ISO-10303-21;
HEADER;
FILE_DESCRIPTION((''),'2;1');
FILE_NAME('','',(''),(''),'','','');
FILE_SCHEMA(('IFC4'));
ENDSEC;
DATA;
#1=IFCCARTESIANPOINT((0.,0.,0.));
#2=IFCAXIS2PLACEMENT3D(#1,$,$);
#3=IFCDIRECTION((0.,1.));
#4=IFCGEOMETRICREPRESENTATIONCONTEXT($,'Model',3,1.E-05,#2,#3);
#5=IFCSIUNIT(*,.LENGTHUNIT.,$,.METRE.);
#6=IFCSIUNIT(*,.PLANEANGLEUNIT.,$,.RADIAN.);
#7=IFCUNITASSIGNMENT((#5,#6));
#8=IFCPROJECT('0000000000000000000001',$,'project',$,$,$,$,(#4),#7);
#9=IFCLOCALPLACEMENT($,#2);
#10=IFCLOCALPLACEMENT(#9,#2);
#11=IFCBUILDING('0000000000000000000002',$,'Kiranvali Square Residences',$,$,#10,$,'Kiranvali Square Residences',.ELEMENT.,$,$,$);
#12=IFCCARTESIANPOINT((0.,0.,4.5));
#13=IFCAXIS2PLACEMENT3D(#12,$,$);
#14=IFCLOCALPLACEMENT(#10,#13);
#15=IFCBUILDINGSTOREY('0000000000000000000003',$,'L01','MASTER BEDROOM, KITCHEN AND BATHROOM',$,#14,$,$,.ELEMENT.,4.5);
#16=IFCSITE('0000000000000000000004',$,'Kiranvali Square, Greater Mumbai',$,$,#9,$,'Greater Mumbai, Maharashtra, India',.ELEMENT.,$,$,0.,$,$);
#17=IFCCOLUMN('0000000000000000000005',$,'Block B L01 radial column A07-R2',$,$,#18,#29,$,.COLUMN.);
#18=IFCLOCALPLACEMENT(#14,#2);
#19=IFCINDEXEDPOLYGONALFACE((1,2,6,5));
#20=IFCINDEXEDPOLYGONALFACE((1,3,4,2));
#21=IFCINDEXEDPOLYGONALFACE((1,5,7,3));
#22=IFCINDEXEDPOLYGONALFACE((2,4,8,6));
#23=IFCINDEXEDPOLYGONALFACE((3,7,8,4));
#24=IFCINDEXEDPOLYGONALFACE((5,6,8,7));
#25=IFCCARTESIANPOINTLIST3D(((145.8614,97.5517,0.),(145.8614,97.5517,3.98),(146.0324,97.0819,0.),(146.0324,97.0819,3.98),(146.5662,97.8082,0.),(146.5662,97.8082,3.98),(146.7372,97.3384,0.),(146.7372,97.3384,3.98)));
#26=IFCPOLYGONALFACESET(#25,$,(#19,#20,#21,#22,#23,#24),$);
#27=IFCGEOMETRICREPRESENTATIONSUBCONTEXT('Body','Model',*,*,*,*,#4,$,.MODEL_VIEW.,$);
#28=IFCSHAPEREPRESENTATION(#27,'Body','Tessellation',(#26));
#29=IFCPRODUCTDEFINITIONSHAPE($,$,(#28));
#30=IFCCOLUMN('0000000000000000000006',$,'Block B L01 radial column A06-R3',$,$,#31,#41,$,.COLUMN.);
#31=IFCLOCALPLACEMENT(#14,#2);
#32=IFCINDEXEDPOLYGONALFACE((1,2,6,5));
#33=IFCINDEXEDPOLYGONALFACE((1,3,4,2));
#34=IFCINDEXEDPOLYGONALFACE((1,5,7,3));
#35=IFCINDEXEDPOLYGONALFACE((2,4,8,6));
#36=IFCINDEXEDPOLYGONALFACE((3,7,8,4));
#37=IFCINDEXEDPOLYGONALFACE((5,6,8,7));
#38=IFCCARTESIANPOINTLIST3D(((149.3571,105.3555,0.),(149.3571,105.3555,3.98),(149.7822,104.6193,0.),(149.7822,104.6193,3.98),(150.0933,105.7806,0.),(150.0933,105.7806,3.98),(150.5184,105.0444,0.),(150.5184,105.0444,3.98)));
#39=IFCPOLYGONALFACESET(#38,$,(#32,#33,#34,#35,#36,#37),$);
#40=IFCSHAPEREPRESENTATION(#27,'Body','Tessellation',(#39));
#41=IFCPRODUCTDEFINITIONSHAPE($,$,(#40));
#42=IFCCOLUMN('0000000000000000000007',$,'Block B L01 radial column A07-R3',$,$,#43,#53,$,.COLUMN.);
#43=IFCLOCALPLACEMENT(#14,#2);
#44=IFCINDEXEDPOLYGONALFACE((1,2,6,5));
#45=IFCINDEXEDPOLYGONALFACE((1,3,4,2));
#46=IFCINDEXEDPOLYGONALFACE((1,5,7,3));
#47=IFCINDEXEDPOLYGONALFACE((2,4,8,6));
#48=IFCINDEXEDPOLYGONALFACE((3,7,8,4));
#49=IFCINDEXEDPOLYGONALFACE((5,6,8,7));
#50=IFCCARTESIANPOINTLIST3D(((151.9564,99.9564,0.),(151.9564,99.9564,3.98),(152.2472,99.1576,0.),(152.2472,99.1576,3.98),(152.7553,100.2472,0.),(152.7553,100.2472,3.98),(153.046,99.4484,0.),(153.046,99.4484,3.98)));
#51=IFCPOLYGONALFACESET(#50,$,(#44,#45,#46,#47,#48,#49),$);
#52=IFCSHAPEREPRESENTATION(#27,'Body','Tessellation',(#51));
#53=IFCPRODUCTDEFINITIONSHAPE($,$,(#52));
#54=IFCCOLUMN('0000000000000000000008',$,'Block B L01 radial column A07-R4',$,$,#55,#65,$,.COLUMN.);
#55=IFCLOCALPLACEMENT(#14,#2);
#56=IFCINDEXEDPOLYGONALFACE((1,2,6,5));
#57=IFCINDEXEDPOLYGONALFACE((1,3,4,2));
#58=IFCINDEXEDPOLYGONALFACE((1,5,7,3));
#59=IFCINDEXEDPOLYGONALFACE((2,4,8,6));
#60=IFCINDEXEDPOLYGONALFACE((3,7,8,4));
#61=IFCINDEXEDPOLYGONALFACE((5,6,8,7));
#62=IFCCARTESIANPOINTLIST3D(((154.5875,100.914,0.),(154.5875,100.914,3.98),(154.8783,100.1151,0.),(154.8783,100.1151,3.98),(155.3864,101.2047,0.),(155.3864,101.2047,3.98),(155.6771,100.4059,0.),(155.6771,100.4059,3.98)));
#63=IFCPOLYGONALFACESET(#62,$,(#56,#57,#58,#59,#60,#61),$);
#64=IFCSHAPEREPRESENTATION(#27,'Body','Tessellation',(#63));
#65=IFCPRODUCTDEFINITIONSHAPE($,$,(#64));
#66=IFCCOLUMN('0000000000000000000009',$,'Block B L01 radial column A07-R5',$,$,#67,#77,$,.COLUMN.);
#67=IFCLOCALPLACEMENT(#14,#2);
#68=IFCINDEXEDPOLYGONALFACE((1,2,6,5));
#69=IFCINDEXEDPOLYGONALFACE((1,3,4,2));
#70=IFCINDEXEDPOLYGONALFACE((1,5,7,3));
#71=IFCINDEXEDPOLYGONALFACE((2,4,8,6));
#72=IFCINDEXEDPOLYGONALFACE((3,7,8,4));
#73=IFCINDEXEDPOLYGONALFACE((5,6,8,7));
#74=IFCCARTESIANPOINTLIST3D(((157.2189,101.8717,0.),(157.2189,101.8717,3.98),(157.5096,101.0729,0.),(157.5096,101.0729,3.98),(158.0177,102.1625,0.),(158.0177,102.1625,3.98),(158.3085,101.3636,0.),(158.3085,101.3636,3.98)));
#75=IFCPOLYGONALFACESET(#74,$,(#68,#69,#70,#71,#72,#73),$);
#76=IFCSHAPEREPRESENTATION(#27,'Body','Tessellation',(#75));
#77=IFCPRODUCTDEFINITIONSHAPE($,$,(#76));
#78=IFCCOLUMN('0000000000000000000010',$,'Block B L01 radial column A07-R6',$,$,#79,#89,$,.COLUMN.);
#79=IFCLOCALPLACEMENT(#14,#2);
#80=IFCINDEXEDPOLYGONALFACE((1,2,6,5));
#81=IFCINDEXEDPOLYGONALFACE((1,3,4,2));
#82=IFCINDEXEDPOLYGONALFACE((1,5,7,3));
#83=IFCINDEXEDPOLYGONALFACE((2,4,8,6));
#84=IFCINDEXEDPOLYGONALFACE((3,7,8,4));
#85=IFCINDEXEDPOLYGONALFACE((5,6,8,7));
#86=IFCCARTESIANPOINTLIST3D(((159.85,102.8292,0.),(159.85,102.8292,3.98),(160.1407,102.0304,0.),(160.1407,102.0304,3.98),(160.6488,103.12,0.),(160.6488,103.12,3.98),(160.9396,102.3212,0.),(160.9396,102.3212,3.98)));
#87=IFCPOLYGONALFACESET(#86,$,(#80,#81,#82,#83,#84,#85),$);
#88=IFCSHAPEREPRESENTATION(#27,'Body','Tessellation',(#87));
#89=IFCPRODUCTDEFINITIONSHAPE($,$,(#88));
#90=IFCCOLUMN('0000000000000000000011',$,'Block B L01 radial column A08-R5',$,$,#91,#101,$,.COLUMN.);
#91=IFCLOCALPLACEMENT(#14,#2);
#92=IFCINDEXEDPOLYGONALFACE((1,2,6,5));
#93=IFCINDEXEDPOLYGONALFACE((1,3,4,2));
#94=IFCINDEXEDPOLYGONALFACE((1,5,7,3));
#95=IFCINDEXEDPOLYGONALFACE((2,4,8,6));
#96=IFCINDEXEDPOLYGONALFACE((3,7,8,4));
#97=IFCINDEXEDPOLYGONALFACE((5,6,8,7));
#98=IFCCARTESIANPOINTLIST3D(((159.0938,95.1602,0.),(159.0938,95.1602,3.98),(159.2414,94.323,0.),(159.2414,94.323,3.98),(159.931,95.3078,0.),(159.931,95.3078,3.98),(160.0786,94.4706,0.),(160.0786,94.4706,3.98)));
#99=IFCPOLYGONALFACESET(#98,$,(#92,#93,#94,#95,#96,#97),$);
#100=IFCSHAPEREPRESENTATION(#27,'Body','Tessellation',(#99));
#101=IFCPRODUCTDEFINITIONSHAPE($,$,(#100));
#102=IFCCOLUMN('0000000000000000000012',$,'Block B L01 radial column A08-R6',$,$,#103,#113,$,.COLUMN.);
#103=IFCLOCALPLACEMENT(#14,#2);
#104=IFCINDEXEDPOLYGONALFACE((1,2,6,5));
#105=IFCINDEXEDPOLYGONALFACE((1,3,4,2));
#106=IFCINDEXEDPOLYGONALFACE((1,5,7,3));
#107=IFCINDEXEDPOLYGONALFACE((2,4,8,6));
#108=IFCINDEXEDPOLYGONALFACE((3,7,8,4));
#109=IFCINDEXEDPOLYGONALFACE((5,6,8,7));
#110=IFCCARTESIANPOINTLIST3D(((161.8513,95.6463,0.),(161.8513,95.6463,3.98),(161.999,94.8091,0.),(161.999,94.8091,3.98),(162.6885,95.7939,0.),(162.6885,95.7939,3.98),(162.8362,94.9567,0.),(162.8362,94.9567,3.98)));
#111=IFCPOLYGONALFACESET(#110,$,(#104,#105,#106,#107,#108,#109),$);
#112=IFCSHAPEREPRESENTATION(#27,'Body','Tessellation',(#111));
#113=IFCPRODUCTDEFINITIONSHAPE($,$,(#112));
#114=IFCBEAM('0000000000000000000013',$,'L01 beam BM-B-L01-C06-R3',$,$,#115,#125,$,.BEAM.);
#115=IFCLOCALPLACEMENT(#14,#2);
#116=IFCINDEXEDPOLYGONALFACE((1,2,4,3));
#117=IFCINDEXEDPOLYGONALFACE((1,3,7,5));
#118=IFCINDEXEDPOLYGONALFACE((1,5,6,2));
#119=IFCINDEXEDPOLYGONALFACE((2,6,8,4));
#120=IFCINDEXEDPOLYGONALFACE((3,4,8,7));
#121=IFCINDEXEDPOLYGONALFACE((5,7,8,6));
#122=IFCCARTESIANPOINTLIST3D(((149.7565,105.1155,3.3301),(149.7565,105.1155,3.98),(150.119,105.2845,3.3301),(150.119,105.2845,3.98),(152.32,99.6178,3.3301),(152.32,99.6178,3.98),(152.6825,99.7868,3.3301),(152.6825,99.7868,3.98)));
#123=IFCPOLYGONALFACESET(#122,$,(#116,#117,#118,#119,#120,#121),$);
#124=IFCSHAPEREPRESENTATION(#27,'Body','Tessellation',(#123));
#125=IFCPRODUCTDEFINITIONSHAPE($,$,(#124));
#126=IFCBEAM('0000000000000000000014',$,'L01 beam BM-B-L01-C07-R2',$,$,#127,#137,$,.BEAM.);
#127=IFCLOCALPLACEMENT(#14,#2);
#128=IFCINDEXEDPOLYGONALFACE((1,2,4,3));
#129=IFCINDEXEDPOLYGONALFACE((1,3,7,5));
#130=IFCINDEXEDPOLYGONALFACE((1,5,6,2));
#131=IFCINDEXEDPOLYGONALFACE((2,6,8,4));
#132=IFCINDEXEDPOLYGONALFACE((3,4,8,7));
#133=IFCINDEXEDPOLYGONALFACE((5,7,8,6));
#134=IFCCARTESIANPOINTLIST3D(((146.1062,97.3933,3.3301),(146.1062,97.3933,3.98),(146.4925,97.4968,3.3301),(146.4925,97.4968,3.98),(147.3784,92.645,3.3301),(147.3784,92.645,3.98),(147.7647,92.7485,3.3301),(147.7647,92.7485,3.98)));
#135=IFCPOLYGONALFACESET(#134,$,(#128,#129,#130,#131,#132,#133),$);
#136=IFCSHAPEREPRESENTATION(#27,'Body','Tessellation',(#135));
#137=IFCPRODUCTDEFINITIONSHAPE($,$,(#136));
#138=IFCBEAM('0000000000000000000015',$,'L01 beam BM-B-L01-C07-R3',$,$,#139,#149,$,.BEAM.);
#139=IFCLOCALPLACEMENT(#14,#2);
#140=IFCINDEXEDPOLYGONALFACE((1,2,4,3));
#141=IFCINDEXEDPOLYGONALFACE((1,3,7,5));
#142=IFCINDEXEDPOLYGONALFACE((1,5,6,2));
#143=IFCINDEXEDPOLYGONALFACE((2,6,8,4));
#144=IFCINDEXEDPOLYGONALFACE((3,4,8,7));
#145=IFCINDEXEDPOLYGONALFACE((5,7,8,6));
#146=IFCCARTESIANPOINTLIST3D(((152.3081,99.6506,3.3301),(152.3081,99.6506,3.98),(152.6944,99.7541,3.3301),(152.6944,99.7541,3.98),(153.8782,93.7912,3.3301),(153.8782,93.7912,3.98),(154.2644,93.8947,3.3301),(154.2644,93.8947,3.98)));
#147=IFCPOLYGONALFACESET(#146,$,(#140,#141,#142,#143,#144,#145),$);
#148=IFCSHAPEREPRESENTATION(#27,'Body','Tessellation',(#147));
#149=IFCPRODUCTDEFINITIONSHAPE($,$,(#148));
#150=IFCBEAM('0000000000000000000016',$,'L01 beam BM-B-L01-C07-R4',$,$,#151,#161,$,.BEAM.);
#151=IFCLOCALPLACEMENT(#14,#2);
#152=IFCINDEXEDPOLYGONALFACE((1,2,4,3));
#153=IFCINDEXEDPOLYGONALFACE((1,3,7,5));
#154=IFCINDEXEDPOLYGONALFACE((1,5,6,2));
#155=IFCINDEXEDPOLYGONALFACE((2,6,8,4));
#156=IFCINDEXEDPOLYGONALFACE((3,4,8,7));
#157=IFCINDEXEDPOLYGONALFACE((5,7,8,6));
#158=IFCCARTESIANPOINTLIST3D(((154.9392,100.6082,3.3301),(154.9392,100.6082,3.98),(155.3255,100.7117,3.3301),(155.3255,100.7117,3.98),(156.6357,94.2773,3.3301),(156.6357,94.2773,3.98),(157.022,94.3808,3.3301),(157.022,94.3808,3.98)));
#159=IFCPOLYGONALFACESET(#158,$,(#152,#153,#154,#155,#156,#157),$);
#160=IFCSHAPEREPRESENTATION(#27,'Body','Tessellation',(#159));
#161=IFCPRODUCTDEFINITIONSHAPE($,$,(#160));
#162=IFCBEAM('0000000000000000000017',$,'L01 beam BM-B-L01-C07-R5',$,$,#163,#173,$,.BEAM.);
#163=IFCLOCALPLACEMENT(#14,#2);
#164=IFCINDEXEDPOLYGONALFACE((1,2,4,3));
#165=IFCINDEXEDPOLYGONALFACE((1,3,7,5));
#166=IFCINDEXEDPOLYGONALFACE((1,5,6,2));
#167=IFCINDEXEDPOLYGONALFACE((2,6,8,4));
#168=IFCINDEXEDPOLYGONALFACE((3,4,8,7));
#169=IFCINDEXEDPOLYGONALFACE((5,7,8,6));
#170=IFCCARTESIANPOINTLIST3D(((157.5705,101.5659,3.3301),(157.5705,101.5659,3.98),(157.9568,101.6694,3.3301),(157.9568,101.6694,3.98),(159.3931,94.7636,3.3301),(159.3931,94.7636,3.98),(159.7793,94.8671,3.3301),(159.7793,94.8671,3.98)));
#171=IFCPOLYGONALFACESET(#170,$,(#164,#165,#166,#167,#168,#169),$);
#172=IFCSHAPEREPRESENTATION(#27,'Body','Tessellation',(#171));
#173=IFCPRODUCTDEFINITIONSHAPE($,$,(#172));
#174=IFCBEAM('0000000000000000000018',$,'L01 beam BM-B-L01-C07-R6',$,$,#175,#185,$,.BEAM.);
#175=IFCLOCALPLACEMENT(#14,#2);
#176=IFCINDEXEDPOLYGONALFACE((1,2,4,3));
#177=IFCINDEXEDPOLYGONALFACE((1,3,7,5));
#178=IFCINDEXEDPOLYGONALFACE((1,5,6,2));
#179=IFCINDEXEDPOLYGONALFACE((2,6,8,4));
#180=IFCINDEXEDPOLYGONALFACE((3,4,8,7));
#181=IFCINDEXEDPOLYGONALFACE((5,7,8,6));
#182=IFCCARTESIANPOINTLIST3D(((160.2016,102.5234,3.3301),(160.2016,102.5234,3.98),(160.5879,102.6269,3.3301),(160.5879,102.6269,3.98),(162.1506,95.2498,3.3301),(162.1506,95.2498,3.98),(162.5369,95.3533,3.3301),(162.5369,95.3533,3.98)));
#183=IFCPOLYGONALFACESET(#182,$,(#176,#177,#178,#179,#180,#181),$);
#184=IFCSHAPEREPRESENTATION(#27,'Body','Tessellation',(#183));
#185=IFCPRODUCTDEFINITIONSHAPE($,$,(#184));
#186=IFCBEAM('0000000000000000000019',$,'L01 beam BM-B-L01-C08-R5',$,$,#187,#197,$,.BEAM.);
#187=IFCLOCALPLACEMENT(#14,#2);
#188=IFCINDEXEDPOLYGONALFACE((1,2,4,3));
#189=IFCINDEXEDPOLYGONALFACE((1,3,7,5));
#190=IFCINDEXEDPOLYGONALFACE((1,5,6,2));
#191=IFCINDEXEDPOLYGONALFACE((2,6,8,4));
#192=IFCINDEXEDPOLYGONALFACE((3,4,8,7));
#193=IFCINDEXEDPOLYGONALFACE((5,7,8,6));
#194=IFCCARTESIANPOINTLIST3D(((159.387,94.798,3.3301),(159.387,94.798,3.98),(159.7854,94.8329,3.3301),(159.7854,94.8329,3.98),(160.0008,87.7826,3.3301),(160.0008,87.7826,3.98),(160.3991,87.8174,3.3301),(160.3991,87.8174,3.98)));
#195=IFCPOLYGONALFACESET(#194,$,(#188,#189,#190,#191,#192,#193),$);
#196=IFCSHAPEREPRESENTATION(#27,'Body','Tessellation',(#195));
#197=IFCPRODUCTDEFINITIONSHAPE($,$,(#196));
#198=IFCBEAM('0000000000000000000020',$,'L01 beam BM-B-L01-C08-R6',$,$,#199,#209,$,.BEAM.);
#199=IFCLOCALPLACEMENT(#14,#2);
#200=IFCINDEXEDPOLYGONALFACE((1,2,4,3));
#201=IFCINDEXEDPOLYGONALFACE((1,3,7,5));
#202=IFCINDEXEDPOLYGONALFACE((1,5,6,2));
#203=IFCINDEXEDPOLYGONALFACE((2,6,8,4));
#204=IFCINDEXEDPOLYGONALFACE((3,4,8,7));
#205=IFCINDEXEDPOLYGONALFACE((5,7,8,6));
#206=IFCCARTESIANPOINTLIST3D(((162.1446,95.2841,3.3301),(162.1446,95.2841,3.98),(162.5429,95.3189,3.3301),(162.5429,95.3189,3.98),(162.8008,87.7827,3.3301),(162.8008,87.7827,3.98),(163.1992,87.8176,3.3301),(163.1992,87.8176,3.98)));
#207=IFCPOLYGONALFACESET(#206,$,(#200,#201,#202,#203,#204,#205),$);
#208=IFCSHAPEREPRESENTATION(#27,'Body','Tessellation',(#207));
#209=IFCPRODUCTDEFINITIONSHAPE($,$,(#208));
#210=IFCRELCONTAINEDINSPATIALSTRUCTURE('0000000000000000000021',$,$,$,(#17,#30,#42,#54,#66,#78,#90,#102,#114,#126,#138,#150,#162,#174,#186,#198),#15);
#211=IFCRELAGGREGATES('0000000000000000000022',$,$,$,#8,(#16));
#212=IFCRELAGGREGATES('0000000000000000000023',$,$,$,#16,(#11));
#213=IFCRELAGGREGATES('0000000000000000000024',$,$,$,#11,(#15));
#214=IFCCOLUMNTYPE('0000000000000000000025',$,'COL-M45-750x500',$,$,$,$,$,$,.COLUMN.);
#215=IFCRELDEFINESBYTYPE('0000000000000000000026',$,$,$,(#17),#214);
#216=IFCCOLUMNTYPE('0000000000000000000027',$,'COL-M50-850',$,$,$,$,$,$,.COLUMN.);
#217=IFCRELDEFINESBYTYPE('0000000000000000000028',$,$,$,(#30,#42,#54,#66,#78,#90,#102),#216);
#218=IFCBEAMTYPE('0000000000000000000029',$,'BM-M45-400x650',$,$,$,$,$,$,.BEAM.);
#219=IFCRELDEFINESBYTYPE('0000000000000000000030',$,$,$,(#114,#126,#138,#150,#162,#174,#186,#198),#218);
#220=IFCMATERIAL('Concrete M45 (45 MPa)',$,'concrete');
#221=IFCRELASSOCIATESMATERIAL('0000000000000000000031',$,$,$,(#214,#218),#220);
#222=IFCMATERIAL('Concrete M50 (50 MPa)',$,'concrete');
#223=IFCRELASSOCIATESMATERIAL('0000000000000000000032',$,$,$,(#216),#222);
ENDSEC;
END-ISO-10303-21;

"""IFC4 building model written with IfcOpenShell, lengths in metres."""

from ifc_helpers import new_model, si_unit, direction, frame, origin, origin_2d, place, context, subcontext, project, spatial, rectangle, extrude, material, material_profile, profile_set, type_object, element, save


model = new_model("IFC4")

# Units and contexts
model_context = context("Model", 3, precision=1e-05, world=origin(), true_north=direction((0.0, 1.0)))
body_context = subcontext(model_context, "Body", "Model", "MODEL_VIEW")
ifc_project = project(units=[si_unit("LENGTHUNIT", "METRE"), si_unit("PLANEANGLEUNIT", "RADIAN")], contexts=[model_context])

# Site, building, storey
site_placement = place(None, origin())
site = spatial("IfcSite", under=ifc_project, at=site_placement, Name="Kiranvali Square, Greater Mumbai", LongName="Greater Mumbai, Maharashtra, India", CompositionType="ELEMENT", RefElevation=0.0)
building_placement = place(site_placement, origin())
building = spatial("IfcBuilding", under=site, at=building_placement, Name="Kiranvali Square Residences", LongName="Kiranvali Square Residences", CompositionType="ELEMENT")
storey_placement = place(building_placement, frame((0.0, 0.0, 4.5)))
storey = spatial("IfcBuildingStorey", under=building, at=storey_placement, Name="L01", Description="MASTER BEDROOM, KITCHEN AND BATHROOM", CompositionType="ELEMENT", Elevation=4.5)

# Columns
ifc_material_1 = material(Name="Concrete M45 (45 MPa)", Category="concrete")
ifc_material_profile_1 = material_profile(ifc_material_1, rectangle(XDim=0.5, YDim=0.75, at=origin_2d()), Name="RC 750x500")
ifc_profile_set_1 = profile_set([ifc_material_profile_1], Name="Concrete M45 (45 MPa)")
column_type_1 = type_object("IfcColumnType", Name="COL-M45-750x500", PredefinedType="COLUMN", material=ifc_profile_set_1)
column_placement = place(storey_placement, frame((146.2993, 97.4451, 0.0), z_axis=(0.0, 0.0, 1.0), x_axis=(-0.34202, 0.939693, 0.0)))
element("IfcColumn", 1, at=column_placement, inside=storey, type_object=column_type_1, Name="Block B L01 radial column A07-R2", PredefinedType="COLUMN", context=body_context, shape_type="SweptSolid", body=[
    extrude(rectangle(XDim=0.5, YDim=0.75, at=origin_2d()), origin(), (0.0, 0.0, 1.0), 3.98),
])
ifc_material_2 = material(Name="Concrete M50 (50 MPa)", Category="concrete")
ifc_material_profile_2 = material_profile(ifc_material_2, rectangle(XDim=0.8501, YDim=0.8501, at=origin_2d()), Name="RC 850x850")
ifc_profile_set_2 = profile_set([ifc_material_profile_2], Name="Concrete M50 (50 MPa)")
column_type_2 = type_object("IfcColumnType", Name="COL-M50-850", PredefinedType="COLUMN", material=ifc_profile_set_2)
for number, where, z_axis, x_axis, name in (
    (2, (149.9377, 105.2, 0.0), (0.0, 0.0, 1.0), (-0.5, 0.866025, 0.0), "Block B L01 radial column A06-R3"),
    (3, (152.5012, 99.7024, 0.0), (0.0, 0.0, 1.0), (-0.34202, 0.939693, 0.0), "Block B L01 radial column A07-R3"),
    (4, (155.1323, 100.6599, 0.0), (0.0, 0.0, 1.0), (-0.34202, 0.939693, 0.0), "Block B L01 radial column A07-R4"),
    (5, (157.7637, 101.6177, 0.0), (0.0, 0.0, 1.0), (-0.34202, 0.939693, 0.0), "Block B L01 radial column A07-R5"),
    (6, (160.3948, 102.5752, 0.0), (0.0, 0.0, 1.0), (-0.34202, 0.939693, 0.0), "Block B L01 radial column A07-R6"),
    (7, (159.5862, 94.8154, 0.0), (0.0, 0.0, 1.0), (-0.173648, 0.984808, 0.0), "Block B L01 radial column A08-R5"),
    (8, (162.3438, 95.3015, 0.0), (0.0, 0.0, 1.0), (-0.173648, 0.984808, 0.0), "Block B L01 radial column A08-R6"),
):
    element("IfcColumn", number, at=place(storey_placement, frame(where, z_axis=z_axis, x_axis=x_axis)), inside=storey, type_object=column_type_2, Name=name, PredefinedType="COLUMN", context=body_context, shape_type="SweptSolid", body=[
        extrude(rectangle(XDim=0.8501, YDim=0.8501, at=origin_2d()), origin(), (0.0, 0.0, 1.0), 3.98),
    ])

# Beams
ifc_material_profile_3 = material_profile(ifc_material_1, rectangle(XDim=0.3999, YDim=0.6499, at=origin_2d()), Name="RC 400x650")
ifc_profile_set_3 = profile_set([ifc_material_profile_3], Name="Concrete M45 (45 MPa)")
beam_type = type_object("IfcBeamType", Name="BM-M45-400x650", PredefinedType="BEAM", material=ifc_profile_set_3)
beam_1_placement = place(storey_placement, frame((149.9377, 105.2, 3.655), z_axis=(0.422608, -0.906313, 0.0), x_axis=(0.906313, 0.422608, 0.0)))
element("IfcBeam", 9, at=beam_1_placement, inside=storey, type_object=beam_type, Name="L01 beam BM-B-L01-C06-R3", PredefinedType="BEAM", context=body_context, shape_type="SweptSolid", body=[
    extrude(rectangle(XDim=0.3999, YDim=0.6499, at=origin_2d()), origin(), (0.0, 0.0, 1.0), 6.0659),
])
beam_2_placement = place(storey_placement, frame((146.2993, 97.4451, 3.655), z_axis=(0.258803, -0.96593, 0.0), x_axis=(0.96593, 0.258803, 0.0)))
element("IfcBeam", 10, at=beam_2_placement, inside=storey, type_object=beam_type, Name="L01 beam BM-B-L01-C07-R2", PredefinedType="BEAM", context=body_context, shape_type="SweptSolid", body=[
    extrude(rectangle(XDim=0.3999, YDim=0.6499, at=origin_2d()), origin(), (0.0, 0.0, 1.0), 4.9158),
])
beam_3_placement = place(storey_placement, frame((152.5012, 99.7024, 3.655), z_axis=(0.258827, -0.965924, 0.0), x_axis=(0.965924, 0.258827, 0.0)))
element("IfcBeam", 11, at=beam_3_placement, inside=storey, type_object=beam_type, Name="L01 beam BM-B-L01-C07-R3", PredefinedType="BEAM", context=body_context, shape_type="SweptSolid", body=[
    extrude(rectangle(XDim=0.3999, YDim=0.6499, at=origin_2d()), origin(), (0.0, 0.0, 1.0), 6.0662),
])
beam_4_placement = place(storey_placement, frame((155.1323, 100.6599, 3.655), z_axis=(0.258847, -0.965918, 0.0), x_axis=(0.965918, 0.258847, 0.0)))
element("IfcBeam", 12, at=beam_4_placement, inside=storey, type_object=beam_type, Name="L01 beam BM-B-L01-C07-R4", PredefinedType="BEAM", context=body_context, shape_type="SweptSolid", body=[
    extrude(rectangle(XDim=0.3999, YDim=0.6499, at=origin_2d()), origin(), (0.0, 0.0, 1.0), 6.5542),
])
beam_5_placement = place(storey_placement, frame((157.7637, 101.6177, 3.655), z_axis=(0.2588, -0.965931, 0.0), x_axis=(0.965931, 0.2588, 0.0)))
element("IfcBeam", 13, at=beam_5_placement, inside=storey, type_object=beam_type, Name="L01 beam BM-B-L01-C07-R5", PredefinedType="BEAM", context=body_context, shape_type="SweptSolid", body=[
    extrude(rectangle(XDim=0.3999, YDim=0.6499, at=origin_2d()), origin(), (0.0, 0.0, 1.0), 7.0422),
])
beam_6_placement = place(storey_placement, frame((160.3948, 102.5752, 3.655), z_axis=(0.258819, -0.965926, 0.0), x_axis=(0.965926, 0.258819, 0.0)))
element("IfcBeam", 14, at=beam_6_placement, inside=storey, type_object=beam_type, Name="L01 beam BM-B-L01-C07-R6", PredefinedType="BEAM", context=body_context, shape_type="SweptSolid", body=[
    extrude(rectangle(XDim=0.3999, YDim=0.6499, at=origin_2d()), origin(), (0.0, 0.0, 1.0), 7.5303),
])
beam_7_placement = place(storey_placement, frame((159.5862, 94.8154, 3.655), z_axis=(0.087156, -0.996195, 0.0), x_axis=(0.996195, 0.087156, 0.0)))
element("IfcBeam", 15, at=beam_7_placement, inside=storey, type_object=beam_type, Name="L01 beam BM-B-L01-C08-R5", PredefinedType="BEAM", context=body_context, shape_type="SweptSolid", body=[
    extrude(rectangle(XDim=0.3999, YDim=0.6499, at=origin_2d()), origin(), (0.0, 0.0, 1.0), 7.0422),
])
beam_8_placement = place(storey_placement, frame((162.3438, 95.3015, 3.655), z_axis=(0.08715, -0.996195, 0.0), x_axis=(0.996195, 0.08715, 0.0)))
element("IfcBeam", 16, at=beam_8_placement, inside=storey, type_object=beam_type, Name="L01 beam BM-B-L01-C08-R6", PredefinedType="BEAM", context=body_context, shape_type="SweptSolid", body=[
    extrude(rectangle(XDim=0.3999, YDim=0.6499, at=origin_2d()), origin(), (0.0, 0.0, 1.0), 7.53),
])

save(model, "model.ifc")
